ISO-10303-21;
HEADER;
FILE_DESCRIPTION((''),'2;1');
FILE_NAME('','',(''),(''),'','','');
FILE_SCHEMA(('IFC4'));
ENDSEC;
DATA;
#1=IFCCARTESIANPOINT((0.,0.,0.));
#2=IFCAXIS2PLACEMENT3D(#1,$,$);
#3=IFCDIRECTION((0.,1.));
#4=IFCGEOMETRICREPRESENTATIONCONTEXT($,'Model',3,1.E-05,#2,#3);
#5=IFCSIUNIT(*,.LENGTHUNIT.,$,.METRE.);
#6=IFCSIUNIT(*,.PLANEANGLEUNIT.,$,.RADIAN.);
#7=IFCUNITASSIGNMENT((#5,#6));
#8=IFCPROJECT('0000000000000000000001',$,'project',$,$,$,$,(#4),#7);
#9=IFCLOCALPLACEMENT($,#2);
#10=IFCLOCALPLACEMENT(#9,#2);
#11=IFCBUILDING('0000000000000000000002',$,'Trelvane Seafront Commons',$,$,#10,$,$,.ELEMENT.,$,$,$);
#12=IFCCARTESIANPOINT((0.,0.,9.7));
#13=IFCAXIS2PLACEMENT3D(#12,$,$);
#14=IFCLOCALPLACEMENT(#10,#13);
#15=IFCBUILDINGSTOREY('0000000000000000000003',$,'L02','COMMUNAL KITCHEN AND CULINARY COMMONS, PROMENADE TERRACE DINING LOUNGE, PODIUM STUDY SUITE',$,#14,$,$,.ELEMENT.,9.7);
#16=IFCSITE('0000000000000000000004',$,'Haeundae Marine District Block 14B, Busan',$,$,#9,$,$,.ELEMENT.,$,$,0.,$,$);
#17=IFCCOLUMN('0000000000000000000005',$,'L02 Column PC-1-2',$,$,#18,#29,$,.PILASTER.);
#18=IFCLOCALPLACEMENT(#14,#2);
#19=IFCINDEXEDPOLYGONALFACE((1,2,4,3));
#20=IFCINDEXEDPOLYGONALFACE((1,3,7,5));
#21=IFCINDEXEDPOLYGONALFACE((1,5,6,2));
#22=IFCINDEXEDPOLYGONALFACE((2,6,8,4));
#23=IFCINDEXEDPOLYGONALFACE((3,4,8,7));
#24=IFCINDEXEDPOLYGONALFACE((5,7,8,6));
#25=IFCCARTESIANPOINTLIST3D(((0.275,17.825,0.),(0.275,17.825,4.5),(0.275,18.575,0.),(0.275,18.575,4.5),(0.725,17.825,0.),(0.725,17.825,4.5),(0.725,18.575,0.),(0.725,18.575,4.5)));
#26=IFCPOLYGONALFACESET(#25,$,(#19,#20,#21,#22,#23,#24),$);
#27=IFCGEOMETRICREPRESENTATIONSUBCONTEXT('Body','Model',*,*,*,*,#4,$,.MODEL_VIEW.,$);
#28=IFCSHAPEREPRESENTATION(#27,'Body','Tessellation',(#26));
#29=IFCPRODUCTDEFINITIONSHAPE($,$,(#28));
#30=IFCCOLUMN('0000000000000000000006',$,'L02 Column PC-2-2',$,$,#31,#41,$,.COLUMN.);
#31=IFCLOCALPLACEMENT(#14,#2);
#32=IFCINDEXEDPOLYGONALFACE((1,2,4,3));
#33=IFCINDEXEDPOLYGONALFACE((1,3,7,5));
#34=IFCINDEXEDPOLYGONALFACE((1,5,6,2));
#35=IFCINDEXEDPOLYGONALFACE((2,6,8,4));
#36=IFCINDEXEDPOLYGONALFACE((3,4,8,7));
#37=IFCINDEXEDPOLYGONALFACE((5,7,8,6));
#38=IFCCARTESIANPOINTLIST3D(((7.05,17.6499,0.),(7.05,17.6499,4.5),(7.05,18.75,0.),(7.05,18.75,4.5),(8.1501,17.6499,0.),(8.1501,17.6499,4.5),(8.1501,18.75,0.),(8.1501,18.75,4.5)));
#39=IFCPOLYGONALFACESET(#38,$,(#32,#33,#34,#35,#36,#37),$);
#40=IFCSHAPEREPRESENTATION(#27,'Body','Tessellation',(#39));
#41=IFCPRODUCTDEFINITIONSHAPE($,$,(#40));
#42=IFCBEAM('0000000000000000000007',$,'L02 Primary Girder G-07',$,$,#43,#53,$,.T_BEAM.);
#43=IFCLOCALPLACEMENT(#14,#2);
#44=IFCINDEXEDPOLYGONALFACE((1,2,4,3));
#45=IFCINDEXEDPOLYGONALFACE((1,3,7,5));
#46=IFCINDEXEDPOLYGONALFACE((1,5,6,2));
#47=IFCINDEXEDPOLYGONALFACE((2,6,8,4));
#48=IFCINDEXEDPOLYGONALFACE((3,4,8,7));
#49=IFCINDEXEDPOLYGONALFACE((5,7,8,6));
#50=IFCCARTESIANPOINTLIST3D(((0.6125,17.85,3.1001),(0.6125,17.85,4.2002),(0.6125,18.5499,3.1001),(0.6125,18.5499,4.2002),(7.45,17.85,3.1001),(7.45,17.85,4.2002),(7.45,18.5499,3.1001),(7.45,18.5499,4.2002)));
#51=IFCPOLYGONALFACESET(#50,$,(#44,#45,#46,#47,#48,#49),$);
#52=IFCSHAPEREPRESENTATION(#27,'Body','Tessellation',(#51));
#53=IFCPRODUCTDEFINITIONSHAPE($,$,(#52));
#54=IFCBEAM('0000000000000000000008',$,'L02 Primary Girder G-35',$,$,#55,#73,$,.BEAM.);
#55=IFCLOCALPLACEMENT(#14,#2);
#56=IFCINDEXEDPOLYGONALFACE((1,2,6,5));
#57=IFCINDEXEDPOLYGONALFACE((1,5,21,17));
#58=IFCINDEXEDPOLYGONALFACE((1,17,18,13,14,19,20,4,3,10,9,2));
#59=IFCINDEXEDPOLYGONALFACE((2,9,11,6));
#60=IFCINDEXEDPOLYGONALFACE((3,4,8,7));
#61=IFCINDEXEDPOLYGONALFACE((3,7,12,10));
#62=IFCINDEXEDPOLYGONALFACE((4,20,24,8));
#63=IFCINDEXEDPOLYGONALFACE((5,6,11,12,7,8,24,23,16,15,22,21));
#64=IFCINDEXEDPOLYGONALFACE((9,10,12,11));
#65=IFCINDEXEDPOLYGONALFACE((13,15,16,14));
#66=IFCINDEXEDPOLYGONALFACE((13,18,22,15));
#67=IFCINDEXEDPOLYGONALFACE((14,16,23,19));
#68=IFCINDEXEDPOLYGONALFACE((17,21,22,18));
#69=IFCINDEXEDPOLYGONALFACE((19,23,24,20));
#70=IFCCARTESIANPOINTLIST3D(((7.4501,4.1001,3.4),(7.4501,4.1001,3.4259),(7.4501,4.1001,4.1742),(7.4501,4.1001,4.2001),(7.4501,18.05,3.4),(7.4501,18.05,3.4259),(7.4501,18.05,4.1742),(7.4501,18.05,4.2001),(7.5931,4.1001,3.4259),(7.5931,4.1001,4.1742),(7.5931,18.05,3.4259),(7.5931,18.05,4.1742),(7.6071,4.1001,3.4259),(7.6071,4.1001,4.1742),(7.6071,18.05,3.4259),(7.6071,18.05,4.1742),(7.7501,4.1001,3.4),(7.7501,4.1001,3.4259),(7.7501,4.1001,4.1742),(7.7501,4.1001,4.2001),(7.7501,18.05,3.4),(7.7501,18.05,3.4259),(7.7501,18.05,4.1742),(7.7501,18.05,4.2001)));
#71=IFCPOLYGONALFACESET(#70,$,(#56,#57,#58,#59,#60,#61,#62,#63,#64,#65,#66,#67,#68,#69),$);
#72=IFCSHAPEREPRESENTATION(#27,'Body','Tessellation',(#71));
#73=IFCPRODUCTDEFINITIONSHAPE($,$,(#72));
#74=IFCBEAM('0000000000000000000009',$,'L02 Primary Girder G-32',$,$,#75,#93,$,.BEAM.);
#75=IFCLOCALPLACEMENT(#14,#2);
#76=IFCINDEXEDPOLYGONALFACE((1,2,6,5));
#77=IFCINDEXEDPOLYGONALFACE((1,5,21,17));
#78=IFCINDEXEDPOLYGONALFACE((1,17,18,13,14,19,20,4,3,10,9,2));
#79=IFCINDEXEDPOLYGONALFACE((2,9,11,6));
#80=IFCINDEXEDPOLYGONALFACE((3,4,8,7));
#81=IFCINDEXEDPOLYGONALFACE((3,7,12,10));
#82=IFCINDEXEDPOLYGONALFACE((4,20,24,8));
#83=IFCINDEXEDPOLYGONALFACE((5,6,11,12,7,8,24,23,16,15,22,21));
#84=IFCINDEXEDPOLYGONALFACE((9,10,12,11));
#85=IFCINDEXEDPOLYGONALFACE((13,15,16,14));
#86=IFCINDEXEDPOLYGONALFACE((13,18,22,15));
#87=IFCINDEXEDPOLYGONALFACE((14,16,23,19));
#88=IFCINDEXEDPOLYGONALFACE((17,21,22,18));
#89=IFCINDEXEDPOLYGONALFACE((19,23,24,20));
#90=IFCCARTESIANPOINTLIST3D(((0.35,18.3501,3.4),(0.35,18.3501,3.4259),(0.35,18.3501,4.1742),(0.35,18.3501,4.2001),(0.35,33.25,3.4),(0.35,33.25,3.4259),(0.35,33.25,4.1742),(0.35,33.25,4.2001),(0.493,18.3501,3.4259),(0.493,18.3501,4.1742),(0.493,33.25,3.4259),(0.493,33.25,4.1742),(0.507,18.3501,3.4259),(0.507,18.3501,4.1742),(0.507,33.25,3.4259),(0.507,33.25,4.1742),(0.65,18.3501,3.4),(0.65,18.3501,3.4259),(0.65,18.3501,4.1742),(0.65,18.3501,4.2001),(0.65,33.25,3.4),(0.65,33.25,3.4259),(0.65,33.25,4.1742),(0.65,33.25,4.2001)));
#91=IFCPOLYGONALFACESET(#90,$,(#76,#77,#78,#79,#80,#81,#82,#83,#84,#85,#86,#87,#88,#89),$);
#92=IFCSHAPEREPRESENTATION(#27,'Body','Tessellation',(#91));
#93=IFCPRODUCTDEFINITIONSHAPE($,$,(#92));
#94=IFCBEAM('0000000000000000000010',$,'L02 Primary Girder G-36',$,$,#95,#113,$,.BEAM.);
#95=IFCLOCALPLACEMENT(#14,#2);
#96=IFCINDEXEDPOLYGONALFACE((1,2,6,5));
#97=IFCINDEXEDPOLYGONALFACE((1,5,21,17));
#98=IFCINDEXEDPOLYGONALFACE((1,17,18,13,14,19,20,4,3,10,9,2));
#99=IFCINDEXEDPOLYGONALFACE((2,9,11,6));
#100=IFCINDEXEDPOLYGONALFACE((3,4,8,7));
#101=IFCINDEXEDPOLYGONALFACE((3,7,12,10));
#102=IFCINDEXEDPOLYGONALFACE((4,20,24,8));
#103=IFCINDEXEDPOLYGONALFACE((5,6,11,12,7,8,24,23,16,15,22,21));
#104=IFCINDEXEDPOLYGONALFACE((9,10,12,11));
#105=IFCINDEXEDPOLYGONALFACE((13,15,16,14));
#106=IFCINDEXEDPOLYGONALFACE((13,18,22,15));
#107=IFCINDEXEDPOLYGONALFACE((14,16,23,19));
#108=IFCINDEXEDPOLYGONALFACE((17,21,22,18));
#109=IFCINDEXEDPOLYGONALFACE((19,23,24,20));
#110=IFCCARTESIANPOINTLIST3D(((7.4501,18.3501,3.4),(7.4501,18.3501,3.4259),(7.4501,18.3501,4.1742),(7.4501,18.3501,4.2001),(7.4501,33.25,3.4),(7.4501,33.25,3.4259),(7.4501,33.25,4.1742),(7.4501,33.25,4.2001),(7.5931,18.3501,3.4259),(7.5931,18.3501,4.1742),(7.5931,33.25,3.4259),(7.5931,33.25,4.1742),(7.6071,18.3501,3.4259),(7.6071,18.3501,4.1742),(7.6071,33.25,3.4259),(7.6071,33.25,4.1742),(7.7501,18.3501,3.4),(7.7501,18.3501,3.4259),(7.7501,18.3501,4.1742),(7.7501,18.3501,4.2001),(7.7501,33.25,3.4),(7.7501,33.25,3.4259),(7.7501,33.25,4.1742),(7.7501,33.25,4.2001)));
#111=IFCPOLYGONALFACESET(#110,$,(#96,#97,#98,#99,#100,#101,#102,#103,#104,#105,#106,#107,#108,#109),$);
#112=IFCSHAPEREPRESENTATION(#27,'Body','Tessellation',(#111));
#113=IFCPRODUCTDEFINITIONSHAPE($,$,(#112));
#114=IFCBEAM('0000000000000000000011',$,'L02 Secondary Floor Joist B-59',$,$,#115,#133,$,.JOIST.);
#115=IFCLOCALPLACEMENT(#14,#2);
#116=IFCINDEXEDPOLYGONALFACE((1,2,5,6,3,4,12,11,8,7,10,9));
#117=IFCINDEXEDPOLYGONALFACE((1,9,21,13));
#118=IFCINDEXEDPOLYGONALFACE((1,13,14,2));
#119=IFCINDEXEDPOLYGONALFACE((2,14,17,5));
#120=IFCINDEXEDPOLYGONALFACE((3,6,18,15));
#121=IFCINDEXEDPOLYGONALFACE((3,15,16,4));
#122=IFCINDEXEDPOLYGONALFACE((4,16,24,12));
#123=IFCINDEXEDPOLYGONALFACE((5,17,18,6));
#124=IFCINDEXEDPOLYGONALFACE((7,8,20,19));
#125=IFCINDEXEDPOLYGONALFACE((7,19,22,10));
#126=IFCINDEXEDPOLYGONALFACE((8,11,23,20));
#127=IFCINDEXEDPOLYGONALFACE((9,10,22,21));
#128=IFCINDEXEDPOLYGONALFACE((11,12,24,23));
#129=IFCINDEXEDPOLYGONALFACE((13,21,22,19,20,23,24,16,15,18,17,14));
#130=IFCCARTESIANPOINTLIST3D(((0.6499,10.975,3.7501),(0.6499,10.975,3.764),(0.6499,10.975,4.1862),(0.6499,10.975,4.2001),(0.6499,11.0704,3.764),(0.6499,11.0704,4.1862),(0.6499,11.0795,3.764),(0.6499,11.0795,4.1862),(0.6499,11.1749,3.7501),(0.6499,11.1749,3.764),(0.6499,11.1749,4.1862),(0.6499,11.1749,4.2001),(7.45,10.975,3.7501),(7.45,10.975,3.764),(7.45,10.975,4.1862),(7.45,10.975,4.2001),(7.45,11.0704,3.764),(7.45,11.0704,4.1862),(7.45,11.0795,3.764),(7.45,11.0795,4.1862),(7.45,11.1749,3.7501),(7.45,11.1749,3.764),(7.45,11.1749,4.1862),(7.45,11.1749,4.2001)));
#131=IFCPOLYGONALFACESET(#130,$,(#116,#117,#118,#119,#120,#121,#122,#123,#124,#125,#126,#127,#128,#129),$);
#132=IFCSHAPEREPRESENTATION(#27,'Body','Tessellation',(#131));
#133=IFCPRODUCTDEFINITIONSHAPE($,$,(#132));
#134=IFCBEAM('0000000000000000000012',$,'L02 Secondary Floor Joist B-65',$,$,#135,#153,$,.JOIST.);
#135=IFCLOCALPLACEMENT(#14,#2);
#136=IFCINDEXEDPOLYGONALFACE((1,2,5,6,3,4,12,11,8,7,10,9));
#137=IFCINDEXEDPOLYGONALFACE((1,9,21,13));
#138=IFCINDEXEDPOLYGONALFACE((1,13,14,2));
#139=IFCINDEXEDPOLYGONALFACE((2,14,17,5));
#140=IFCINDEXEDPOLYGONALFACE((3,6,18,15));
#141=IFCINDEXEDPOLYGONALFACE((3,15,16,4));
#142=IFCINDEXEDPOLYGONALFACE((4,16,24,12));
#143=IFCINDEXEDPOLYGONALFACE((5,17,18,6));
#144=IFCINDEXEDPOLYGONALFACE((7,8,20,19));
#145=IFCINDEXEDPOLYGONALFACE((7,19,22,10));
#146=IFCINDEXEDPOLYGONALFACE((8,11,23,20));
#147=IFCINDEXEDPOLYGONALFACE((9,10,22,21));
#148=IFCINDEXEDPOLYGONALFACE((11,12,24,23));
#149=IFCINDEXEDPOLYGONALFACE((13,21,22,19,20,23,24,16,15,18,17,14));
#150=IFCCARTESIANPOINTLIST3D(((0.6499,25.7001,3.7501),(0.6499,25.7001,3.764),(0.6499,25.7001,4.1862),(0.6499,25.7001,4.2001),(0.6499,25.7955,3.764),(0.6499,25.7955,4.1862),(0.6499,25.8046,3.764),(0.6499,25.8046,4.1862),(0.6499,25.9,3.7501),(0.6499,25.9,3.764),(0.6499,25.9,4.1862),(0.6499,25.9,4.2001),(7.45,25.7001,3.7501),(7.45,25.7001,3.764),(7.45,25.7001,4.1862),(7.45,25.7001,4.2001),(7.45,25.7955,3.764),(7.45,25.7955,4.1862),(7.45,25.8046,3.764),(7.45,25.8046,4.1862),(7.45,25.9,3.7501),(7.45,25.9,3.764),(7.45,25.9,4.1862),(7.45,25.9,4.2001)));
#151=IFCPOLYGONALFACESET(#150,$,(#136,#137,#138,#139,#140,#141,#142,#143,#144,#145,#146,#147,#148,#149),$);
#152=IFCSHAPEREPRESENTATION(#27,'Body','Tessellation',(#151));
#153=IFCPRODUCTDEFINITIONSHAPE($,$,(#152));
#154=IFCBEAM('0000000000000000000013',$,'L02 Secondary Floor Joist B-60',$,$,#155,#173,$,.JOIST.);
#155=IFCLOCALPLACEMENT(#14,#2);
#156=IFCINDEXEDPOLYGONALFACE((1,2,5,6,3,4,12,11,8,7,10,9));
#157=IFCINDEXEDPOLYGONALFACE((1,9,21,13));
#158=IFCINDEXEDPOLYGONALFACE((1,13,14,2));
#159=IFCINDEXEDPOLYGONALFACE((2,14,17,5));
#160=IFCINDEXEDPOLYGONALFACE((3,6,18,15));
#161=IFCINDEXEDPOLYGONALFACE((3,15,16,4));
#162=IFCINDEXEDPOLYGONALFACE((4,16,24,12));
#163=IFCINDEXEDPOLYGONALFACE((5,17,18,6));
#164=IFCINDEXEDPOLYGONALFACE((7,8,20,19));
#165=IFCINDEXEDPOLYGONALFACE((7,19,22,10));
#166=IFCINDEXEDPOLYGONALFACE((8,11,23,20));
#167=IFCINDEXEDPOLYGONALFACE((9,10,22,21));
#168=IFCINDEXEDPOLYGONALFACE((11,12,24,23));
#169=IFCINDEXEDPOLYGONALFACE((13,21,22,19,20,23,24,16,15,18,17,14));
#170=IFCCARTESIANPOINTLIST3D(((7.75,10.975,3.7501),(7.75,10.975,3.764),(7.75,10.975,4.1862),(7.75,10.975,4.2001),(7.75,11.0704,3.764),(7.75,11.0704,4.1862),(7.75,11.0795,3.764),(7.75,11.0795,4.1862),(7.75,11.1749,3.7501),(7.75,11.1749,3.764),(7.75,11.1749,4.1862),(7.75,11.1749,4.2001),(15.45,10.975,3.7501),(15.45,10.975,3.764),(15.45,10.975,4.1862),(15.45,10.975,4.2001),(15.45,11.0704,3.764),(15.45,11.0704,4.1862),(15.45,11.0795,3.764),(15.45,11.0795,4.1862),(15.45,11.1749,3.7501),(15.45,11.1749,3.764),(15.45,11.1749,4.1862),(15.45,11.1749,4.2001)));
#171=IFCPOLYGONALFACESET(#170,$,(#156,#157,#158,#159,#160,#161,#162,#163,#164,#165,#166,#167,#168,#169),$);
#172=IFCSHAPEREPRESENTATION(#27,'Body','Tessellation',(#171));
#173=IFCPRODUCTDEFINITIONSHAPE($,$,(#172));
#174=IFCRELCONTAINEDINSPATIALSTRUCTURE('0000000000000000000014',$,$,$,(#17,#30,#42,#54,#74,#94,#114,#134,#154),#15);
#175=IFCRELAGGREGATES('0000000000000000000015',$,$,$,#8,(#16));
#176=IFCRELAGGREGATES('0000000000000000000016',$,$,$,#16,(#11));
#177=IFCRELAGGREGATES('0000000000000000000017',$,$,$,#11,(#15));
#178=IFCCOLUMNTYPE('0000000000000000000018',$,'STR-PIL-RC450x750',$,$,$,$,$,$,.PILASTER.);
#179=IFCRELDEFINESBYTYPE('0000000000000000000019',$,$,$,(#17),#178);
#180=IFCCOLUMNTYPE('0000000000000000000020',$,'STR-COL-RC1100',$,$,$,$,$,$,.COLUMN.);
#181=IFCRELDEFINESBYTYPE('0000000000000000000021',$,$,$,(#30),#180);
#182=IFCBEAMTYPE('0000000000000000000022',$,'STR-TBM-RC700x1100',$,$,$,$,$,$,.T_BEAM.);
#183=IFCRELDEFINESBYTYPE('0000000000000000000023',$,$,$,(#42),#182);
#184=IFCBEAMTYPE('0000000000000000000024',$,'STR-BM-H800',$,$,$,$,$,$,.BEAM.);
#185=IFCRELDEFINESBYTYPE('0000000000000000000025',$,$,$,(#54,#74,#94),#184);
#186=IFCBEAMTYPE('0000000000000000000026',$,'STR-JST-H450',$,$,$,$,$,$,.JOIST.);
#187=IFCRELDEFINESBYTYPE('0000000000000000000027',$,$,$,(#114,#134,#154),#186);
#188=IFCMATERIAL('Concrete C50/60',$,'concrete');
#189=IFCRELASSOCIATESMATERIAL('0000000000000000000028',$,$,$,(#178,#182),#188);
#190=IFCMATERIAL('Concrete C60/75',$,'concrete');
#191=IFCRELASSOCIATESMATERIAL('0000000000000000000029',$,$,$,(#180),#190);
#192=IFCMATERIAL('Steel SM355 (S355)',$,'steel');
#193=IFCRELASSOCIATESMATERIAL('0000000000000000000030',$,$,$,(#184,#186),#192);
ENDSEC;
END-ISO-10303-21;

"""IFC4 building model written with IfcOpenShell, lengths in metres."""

from ifc_helpers import new_model, si_unit, direction, frame, origin, origin_2d, place, context, subcontext, project, spatial, rectangle, i_section, extrude, source, transform, mapped, material, material_profile, profile_set, type_object, element, save


model = new_model("IFC4")

# Units and contexts
model_context = context("Model", 3, precision=1e-05, world=origin(), true_north=direction((0.0, 1.0)))
body_context = subcontext(model_context, "Body", "Model", "MODEL_VIEW")
ifc_project = project(units=[si_unit("LENGTHUNIT", "METRE"), si_unit("PLANEANGLEUNIT", "RADIAN")], contexts=[model_context])

# Site, building, storey
site_placement = place(None, origin())
site = spatial("IfcSite", under=ifc_project, at=site_placement, Name="Haeundae Marine District Block 14B, Busan", CompositionType="ELEMENT", RefElevation=0.0)
building_placement = place(site_placement, origin())
building = spatial("IfcBuilding", under=site, at=building_placement, Name="Trelvane Seafront Commons", CompositionType="ELEMENT")
storey_placement = place(building_placement, frame((0.0, 0.0, 9.7)))
storey = spatial("IfcBuildingStorey", under=building, at=storey_placement, Name="L02", Description="COMMUNAL KITCHEN AND CULINARY COMMONS, PROMENADE TERRACE DINING LOUNGE, PODIUM STUDY SUITE", CompositionType="ELEMENT", Elevation=9.7)

# Columns
ifc_material_1 = material(Name="Concrete C50/60", Category="concrete")
ifc_material_profile_1 = material_profile(ifc_material_1, rectangle(XDim=0.45, YDim=0.75, at=origin_2d()), Name="RC-450x750")
ifc_profile_set_1 = profile_set([ifc_material_profile_1], Name="Concrete C50/60")
column_type_1 = type_object("IfcColumnType", Name="STR-PIL-RC450x750", PredefinedType="PILASTER", material=ifc_profile_set_1)
shared_shape_1 = source(origin(), body_context, "Body", "SweptSolid", [
    extrude(rectangle(XDim=0.45, YDim=0.75, at=origin_2d()), origin(), (0.0, 0.0, 1.0), 4.5),
])
column_1_placement = place(storey_placement, frame((0.5, 18.2, 0.0), z_axis=(0.0, 0.0, 1.0), x_axis=(1.0, 0.0, 0.0)))
element("IfcColumn", 1, at=column_1_placement, inside=storey, type_object=column_type_1, Name="L02 Column PC-1-2", PredefinedType="PILASTER", context=body_context, shape_type="MappedRepresentation", body=[
    mapped(shared_shape_1, transform((0.0, 0.0, 0.0), x_axis=(1.0, 0.0, 0.0), y_axis=(0.0, 1.0, 0.0), z_axis=(0.0, 0.0, 1.0), scale=1.0)),
])
ifc_material_2 = material(Name="Concrete C60/75", Category="concrete")
ifc_material_profile_2 = material_profile(ifc_material_2, rectangle(XDim=1.1001, YDim=1.1001, at=origin_2d()), Name="RC-1100x1100")
ifc_profile_set_2 = profile_set([ifc_material_profile_2], Name="Concrete C60/75")
column_type_2 = type_object("IfcColumnType", Name="STR-COL-RC1100", PredefinedType="COLUMN", material=ifc_profile_set_2)
shared_shape_2 = source(origin(), body_context, "Body", "SweptSolid", [
    extrude(rectangle(XDim=1.1001, YDim=1.1001, at=origin_2d()), origin(), (0.0, 0.0, 1.0), 4.5),
])
column_2_placement = place(storey_placement, frame((7.6001, 18.2, 0.0), z_axis=(0.0, 0.0, 1.0), x_axis=(1.0, 0.0, 0.0)))
element("IfcColumn", 2, at=column_2_placement, inside=storey, type_object=column_type_2, Name="L02 Column PC-2-2", PredefinedType="COLUMN", context=body_context, shape_type="MappedRepresentation", body=[
    mapped(shared_shape_2, transform((0.0, 0.0, 0.0), x_axis=(1.0, 0.0, 0.0), y_axis=(0.0, 1.0, 0.0), z_axis=(0.0, 0.0, 1.0), scale=1.0)),
])

# Beams
ifc_material_profile_3 = material_profile(ifc_material_1, rectangle(XDim=0.7, YDim=1.1001, at=origin_2d()), Name="RC-700x1100")
ifc_profile_set_3 = profile_set([ifc_material_profile_3], Name="Concrete C50/60")
beam_type_1 = type_object("IfcBeamType", Name="STR-TBM-RC700x1100", PredefinedType="T_BEAM", material=ifc_profile_set_3)
shared_shape_3 = source(origin(), body_context, "Body", "SweptSolid", [
    extrude(rectangle(XDim=0.7, YDim=1.1001, at=origin_2d()), origin(), (0.0, 0.0, 1.0), 6.8374),
])
beam_1_placement = place(storey_placement, frame((0.6125, 18.2, 3.6501), z_axis=(1.0, 0.0, 0.0), x_axis=(0.0, 1.0, 0.0)))
element("IfcBeam", 3, at=beam_1_placement, inside=storey, type_object=beam_type_1, Name="L02 Primary Girder G-07", PredefinedType="T_BEAM", context=body_context, shape_type="MappedRepresentation", body=[
    mapped(shared_shape_3, transform((0.0, 0.0, 0.0), x_axis=(1.0, 0.0, 0.0), y_axis=(0.0, 1.0, 0.0), z_axis=(0.0, 0.0, 1.0), scale=1.0)),
])
ifc_material_3 = material(Name="Steel SM355 (S355)", Category="steel")
ifc_material_profile_4 = material_profile(ifc_material_3, i_section(OverallWidth=0.3, OverallDepth=0.8, WebThickness=0.0139, FlangeThickness=0.0259, at=origin_2d()), Name="H-800x300x14x26")
ifc_profile_set_4 = profile_set([ifc_material_profile_4], Name="Steel SM355 (S355)")
beam_type_2 = type_object("IfcBeamType", Name="STR-BM-H800", PredefinedType="BEAM", material=ifc_profile_set_4)
shared_shape_4 = source(origin(), body_context, "Body", "SweptSolid", [
    extrude(i_section(OverallWidth=0.3, OverallDepth=0.8, WebThickness=0.0139, FlangeThickness=0.0259, at=origin_2d()), origin(), (0.0, 0.0, 1.0), 13.95),
])
beam_2_placement = place(storey_placement, frame((7.6001, 4.1001, 3.8), z_axis=(0.0, 1.0, 0.0), x_axis=(-1.0, 0.0, 0.0)))
element("IfcBeam", 4, at=beam_2_placement, inside=storey, type_object=beam_type_2, Name="L02 Primary Girder G-35", PredefinedType="BEAM", context=body_context, shape_type="MappedRepresentation", body=[
    mapped(shared_shape_4, transform((0.0, 0.0, 0.0), x_axis=(1.0, 0.0, 0.0), y_axis=(0.0, 1.0, 0.0), z_axis=(0.0, 0.0, 1.0), scale=1.0)),
])
shared_shape_5 = source(origin(), body_context, "Body", "SweptSolid", [
    extrude(i_section(OverallWidth=0.3, OverallDepth=0.8, WebThickness=0.0139, FlangeThickness=0.0259, at=origin_2d()), origin(), (0.0, 0.0, 1.0), 14.8999),
])
for number, where, z_axis, x_axis, name in (
    (5, (0.5, 18.3501, 3.8), (0.0, 1.0, 0.0), (-1.0, 0.0, 0.0), "L02 Primary Girder G-32"),
    (6, (7.6001, 18.3501, 3.8), (0.0, 1.0, 0.0), (-1.0, 0.0, 0.0), "L02 Primary Girder G-36"),
):
    element("IfcBeam", number, at=place(storey_placement, frame(where, z_axis=z_axis, x_axis=x_axis)), inside=storey, type_object=beam_type_2, Name=name, PredefinedType="BEAM", context=body_context, shape_type="MappedRepresentation", body=[
        mapped(shared_shape_5, transform((0.0, 0.0, 0.0), x_axis=(1.0, 0.0, 0.0), y_axis=(0.0, 1.0, 0.0), z_axis=(0.0, 0.0, 1.0), scale=1.0)),
    ])
ifc_material_profile_5 = material_profile(ifc_material_3, i_section(OverallWidth=0.2, OverallDepth=0.45, WebThickness=0.009, FlangeThickness=0.0139, at=origin_2d()), Name="H-450x200x9x14")
ifc_profile_set_5 = profile_set([ifc_material_profile_5], Name="Steel SM355 (S355)")
beam_type_3 = type_object("IfcBeamType", Name="STR-JST-H450", PredefinedType="JOIST", material=ifc_profile_set_5)
shared_shape_6 = source(origin(), body_context, "Body", "SweptSolid", [
    extrude(i_section(OverallWidth=0.2, OverallDepth=0.45, WebThickness=0.009, FlangeThickness=0.0139, at=origin_2d()), origin(), (0.0, 0.0, 1.0), 6.8),
])
for number, where, z_axis, x_axis, name in (
    (7, (0.6499, 11.075, 3.9751), (1.0, 0.0, 0.0), (0.0, 1.0, 0.0), "L02 Secondary Floor Joist B-59"),
    (8, (0.6499, 25.8, 3.9751), (1.0, 0.0, 0.0), (0.0, 1.0, 0.0), "L02 Secondary Floor Joist B-65"),
):
    element("IfcBeam", number, at=place(storey_placement, frame(where, z_axis=z_axis, x_axis=x_axis)), inside=storey, type_object=beam_type_3, Name=name, PredefinedType="JOIST", context=body_context, shape_type="MappedRepresentation", body=[
        mapped(shared_shape_6, transform((0.0, 0.0, 0.0), x_axis=(1.0, 0.0, 0.0), y_axis=(0.0, 1.0, 0.0), z_axis=(0.0, 0.0, 1.0), scale=1.0)),
    ])
shared_shape_7 = source(origin(), body_context, "Body", "SweptSolid", [
    extrude(i_section(OverallWidth=0.2, OverallDepth=0.45, WebThickness=0.009, FlangeThickness=0.0139, at=origin_2d()), origin(), (0.0, 0.0, 1.0), 7.7),
])
for number, where, z_axis, x_axis, name in (
    (9, (7.75, 11.075, 3.9751), (1.0, 0.0, 0.0), (0.0, 1.0, 0.0), "L02 Secondary Floor Joist B-60"),
):
    element("IfcBeam", number, at=place(storey_placement, frame(where, z_axis=z_axis, x_axis=x_axis)), inside=storey, type_object=beam_type_3, Name=name, PredefinedType="JOIST", context=body_context, shape_type="MappedRepresentation", body=[
        mapped(shared_shape_7, transform((0.0, 0.0, 0.0), x_axis=(1.0, 0.0, 0.0), y_axis=(0.0, 1.0, 0.0), z_axis=(0.0, 0.0, 1.0), scale=1.0)),
    ])

save(model, "model.ifc")
